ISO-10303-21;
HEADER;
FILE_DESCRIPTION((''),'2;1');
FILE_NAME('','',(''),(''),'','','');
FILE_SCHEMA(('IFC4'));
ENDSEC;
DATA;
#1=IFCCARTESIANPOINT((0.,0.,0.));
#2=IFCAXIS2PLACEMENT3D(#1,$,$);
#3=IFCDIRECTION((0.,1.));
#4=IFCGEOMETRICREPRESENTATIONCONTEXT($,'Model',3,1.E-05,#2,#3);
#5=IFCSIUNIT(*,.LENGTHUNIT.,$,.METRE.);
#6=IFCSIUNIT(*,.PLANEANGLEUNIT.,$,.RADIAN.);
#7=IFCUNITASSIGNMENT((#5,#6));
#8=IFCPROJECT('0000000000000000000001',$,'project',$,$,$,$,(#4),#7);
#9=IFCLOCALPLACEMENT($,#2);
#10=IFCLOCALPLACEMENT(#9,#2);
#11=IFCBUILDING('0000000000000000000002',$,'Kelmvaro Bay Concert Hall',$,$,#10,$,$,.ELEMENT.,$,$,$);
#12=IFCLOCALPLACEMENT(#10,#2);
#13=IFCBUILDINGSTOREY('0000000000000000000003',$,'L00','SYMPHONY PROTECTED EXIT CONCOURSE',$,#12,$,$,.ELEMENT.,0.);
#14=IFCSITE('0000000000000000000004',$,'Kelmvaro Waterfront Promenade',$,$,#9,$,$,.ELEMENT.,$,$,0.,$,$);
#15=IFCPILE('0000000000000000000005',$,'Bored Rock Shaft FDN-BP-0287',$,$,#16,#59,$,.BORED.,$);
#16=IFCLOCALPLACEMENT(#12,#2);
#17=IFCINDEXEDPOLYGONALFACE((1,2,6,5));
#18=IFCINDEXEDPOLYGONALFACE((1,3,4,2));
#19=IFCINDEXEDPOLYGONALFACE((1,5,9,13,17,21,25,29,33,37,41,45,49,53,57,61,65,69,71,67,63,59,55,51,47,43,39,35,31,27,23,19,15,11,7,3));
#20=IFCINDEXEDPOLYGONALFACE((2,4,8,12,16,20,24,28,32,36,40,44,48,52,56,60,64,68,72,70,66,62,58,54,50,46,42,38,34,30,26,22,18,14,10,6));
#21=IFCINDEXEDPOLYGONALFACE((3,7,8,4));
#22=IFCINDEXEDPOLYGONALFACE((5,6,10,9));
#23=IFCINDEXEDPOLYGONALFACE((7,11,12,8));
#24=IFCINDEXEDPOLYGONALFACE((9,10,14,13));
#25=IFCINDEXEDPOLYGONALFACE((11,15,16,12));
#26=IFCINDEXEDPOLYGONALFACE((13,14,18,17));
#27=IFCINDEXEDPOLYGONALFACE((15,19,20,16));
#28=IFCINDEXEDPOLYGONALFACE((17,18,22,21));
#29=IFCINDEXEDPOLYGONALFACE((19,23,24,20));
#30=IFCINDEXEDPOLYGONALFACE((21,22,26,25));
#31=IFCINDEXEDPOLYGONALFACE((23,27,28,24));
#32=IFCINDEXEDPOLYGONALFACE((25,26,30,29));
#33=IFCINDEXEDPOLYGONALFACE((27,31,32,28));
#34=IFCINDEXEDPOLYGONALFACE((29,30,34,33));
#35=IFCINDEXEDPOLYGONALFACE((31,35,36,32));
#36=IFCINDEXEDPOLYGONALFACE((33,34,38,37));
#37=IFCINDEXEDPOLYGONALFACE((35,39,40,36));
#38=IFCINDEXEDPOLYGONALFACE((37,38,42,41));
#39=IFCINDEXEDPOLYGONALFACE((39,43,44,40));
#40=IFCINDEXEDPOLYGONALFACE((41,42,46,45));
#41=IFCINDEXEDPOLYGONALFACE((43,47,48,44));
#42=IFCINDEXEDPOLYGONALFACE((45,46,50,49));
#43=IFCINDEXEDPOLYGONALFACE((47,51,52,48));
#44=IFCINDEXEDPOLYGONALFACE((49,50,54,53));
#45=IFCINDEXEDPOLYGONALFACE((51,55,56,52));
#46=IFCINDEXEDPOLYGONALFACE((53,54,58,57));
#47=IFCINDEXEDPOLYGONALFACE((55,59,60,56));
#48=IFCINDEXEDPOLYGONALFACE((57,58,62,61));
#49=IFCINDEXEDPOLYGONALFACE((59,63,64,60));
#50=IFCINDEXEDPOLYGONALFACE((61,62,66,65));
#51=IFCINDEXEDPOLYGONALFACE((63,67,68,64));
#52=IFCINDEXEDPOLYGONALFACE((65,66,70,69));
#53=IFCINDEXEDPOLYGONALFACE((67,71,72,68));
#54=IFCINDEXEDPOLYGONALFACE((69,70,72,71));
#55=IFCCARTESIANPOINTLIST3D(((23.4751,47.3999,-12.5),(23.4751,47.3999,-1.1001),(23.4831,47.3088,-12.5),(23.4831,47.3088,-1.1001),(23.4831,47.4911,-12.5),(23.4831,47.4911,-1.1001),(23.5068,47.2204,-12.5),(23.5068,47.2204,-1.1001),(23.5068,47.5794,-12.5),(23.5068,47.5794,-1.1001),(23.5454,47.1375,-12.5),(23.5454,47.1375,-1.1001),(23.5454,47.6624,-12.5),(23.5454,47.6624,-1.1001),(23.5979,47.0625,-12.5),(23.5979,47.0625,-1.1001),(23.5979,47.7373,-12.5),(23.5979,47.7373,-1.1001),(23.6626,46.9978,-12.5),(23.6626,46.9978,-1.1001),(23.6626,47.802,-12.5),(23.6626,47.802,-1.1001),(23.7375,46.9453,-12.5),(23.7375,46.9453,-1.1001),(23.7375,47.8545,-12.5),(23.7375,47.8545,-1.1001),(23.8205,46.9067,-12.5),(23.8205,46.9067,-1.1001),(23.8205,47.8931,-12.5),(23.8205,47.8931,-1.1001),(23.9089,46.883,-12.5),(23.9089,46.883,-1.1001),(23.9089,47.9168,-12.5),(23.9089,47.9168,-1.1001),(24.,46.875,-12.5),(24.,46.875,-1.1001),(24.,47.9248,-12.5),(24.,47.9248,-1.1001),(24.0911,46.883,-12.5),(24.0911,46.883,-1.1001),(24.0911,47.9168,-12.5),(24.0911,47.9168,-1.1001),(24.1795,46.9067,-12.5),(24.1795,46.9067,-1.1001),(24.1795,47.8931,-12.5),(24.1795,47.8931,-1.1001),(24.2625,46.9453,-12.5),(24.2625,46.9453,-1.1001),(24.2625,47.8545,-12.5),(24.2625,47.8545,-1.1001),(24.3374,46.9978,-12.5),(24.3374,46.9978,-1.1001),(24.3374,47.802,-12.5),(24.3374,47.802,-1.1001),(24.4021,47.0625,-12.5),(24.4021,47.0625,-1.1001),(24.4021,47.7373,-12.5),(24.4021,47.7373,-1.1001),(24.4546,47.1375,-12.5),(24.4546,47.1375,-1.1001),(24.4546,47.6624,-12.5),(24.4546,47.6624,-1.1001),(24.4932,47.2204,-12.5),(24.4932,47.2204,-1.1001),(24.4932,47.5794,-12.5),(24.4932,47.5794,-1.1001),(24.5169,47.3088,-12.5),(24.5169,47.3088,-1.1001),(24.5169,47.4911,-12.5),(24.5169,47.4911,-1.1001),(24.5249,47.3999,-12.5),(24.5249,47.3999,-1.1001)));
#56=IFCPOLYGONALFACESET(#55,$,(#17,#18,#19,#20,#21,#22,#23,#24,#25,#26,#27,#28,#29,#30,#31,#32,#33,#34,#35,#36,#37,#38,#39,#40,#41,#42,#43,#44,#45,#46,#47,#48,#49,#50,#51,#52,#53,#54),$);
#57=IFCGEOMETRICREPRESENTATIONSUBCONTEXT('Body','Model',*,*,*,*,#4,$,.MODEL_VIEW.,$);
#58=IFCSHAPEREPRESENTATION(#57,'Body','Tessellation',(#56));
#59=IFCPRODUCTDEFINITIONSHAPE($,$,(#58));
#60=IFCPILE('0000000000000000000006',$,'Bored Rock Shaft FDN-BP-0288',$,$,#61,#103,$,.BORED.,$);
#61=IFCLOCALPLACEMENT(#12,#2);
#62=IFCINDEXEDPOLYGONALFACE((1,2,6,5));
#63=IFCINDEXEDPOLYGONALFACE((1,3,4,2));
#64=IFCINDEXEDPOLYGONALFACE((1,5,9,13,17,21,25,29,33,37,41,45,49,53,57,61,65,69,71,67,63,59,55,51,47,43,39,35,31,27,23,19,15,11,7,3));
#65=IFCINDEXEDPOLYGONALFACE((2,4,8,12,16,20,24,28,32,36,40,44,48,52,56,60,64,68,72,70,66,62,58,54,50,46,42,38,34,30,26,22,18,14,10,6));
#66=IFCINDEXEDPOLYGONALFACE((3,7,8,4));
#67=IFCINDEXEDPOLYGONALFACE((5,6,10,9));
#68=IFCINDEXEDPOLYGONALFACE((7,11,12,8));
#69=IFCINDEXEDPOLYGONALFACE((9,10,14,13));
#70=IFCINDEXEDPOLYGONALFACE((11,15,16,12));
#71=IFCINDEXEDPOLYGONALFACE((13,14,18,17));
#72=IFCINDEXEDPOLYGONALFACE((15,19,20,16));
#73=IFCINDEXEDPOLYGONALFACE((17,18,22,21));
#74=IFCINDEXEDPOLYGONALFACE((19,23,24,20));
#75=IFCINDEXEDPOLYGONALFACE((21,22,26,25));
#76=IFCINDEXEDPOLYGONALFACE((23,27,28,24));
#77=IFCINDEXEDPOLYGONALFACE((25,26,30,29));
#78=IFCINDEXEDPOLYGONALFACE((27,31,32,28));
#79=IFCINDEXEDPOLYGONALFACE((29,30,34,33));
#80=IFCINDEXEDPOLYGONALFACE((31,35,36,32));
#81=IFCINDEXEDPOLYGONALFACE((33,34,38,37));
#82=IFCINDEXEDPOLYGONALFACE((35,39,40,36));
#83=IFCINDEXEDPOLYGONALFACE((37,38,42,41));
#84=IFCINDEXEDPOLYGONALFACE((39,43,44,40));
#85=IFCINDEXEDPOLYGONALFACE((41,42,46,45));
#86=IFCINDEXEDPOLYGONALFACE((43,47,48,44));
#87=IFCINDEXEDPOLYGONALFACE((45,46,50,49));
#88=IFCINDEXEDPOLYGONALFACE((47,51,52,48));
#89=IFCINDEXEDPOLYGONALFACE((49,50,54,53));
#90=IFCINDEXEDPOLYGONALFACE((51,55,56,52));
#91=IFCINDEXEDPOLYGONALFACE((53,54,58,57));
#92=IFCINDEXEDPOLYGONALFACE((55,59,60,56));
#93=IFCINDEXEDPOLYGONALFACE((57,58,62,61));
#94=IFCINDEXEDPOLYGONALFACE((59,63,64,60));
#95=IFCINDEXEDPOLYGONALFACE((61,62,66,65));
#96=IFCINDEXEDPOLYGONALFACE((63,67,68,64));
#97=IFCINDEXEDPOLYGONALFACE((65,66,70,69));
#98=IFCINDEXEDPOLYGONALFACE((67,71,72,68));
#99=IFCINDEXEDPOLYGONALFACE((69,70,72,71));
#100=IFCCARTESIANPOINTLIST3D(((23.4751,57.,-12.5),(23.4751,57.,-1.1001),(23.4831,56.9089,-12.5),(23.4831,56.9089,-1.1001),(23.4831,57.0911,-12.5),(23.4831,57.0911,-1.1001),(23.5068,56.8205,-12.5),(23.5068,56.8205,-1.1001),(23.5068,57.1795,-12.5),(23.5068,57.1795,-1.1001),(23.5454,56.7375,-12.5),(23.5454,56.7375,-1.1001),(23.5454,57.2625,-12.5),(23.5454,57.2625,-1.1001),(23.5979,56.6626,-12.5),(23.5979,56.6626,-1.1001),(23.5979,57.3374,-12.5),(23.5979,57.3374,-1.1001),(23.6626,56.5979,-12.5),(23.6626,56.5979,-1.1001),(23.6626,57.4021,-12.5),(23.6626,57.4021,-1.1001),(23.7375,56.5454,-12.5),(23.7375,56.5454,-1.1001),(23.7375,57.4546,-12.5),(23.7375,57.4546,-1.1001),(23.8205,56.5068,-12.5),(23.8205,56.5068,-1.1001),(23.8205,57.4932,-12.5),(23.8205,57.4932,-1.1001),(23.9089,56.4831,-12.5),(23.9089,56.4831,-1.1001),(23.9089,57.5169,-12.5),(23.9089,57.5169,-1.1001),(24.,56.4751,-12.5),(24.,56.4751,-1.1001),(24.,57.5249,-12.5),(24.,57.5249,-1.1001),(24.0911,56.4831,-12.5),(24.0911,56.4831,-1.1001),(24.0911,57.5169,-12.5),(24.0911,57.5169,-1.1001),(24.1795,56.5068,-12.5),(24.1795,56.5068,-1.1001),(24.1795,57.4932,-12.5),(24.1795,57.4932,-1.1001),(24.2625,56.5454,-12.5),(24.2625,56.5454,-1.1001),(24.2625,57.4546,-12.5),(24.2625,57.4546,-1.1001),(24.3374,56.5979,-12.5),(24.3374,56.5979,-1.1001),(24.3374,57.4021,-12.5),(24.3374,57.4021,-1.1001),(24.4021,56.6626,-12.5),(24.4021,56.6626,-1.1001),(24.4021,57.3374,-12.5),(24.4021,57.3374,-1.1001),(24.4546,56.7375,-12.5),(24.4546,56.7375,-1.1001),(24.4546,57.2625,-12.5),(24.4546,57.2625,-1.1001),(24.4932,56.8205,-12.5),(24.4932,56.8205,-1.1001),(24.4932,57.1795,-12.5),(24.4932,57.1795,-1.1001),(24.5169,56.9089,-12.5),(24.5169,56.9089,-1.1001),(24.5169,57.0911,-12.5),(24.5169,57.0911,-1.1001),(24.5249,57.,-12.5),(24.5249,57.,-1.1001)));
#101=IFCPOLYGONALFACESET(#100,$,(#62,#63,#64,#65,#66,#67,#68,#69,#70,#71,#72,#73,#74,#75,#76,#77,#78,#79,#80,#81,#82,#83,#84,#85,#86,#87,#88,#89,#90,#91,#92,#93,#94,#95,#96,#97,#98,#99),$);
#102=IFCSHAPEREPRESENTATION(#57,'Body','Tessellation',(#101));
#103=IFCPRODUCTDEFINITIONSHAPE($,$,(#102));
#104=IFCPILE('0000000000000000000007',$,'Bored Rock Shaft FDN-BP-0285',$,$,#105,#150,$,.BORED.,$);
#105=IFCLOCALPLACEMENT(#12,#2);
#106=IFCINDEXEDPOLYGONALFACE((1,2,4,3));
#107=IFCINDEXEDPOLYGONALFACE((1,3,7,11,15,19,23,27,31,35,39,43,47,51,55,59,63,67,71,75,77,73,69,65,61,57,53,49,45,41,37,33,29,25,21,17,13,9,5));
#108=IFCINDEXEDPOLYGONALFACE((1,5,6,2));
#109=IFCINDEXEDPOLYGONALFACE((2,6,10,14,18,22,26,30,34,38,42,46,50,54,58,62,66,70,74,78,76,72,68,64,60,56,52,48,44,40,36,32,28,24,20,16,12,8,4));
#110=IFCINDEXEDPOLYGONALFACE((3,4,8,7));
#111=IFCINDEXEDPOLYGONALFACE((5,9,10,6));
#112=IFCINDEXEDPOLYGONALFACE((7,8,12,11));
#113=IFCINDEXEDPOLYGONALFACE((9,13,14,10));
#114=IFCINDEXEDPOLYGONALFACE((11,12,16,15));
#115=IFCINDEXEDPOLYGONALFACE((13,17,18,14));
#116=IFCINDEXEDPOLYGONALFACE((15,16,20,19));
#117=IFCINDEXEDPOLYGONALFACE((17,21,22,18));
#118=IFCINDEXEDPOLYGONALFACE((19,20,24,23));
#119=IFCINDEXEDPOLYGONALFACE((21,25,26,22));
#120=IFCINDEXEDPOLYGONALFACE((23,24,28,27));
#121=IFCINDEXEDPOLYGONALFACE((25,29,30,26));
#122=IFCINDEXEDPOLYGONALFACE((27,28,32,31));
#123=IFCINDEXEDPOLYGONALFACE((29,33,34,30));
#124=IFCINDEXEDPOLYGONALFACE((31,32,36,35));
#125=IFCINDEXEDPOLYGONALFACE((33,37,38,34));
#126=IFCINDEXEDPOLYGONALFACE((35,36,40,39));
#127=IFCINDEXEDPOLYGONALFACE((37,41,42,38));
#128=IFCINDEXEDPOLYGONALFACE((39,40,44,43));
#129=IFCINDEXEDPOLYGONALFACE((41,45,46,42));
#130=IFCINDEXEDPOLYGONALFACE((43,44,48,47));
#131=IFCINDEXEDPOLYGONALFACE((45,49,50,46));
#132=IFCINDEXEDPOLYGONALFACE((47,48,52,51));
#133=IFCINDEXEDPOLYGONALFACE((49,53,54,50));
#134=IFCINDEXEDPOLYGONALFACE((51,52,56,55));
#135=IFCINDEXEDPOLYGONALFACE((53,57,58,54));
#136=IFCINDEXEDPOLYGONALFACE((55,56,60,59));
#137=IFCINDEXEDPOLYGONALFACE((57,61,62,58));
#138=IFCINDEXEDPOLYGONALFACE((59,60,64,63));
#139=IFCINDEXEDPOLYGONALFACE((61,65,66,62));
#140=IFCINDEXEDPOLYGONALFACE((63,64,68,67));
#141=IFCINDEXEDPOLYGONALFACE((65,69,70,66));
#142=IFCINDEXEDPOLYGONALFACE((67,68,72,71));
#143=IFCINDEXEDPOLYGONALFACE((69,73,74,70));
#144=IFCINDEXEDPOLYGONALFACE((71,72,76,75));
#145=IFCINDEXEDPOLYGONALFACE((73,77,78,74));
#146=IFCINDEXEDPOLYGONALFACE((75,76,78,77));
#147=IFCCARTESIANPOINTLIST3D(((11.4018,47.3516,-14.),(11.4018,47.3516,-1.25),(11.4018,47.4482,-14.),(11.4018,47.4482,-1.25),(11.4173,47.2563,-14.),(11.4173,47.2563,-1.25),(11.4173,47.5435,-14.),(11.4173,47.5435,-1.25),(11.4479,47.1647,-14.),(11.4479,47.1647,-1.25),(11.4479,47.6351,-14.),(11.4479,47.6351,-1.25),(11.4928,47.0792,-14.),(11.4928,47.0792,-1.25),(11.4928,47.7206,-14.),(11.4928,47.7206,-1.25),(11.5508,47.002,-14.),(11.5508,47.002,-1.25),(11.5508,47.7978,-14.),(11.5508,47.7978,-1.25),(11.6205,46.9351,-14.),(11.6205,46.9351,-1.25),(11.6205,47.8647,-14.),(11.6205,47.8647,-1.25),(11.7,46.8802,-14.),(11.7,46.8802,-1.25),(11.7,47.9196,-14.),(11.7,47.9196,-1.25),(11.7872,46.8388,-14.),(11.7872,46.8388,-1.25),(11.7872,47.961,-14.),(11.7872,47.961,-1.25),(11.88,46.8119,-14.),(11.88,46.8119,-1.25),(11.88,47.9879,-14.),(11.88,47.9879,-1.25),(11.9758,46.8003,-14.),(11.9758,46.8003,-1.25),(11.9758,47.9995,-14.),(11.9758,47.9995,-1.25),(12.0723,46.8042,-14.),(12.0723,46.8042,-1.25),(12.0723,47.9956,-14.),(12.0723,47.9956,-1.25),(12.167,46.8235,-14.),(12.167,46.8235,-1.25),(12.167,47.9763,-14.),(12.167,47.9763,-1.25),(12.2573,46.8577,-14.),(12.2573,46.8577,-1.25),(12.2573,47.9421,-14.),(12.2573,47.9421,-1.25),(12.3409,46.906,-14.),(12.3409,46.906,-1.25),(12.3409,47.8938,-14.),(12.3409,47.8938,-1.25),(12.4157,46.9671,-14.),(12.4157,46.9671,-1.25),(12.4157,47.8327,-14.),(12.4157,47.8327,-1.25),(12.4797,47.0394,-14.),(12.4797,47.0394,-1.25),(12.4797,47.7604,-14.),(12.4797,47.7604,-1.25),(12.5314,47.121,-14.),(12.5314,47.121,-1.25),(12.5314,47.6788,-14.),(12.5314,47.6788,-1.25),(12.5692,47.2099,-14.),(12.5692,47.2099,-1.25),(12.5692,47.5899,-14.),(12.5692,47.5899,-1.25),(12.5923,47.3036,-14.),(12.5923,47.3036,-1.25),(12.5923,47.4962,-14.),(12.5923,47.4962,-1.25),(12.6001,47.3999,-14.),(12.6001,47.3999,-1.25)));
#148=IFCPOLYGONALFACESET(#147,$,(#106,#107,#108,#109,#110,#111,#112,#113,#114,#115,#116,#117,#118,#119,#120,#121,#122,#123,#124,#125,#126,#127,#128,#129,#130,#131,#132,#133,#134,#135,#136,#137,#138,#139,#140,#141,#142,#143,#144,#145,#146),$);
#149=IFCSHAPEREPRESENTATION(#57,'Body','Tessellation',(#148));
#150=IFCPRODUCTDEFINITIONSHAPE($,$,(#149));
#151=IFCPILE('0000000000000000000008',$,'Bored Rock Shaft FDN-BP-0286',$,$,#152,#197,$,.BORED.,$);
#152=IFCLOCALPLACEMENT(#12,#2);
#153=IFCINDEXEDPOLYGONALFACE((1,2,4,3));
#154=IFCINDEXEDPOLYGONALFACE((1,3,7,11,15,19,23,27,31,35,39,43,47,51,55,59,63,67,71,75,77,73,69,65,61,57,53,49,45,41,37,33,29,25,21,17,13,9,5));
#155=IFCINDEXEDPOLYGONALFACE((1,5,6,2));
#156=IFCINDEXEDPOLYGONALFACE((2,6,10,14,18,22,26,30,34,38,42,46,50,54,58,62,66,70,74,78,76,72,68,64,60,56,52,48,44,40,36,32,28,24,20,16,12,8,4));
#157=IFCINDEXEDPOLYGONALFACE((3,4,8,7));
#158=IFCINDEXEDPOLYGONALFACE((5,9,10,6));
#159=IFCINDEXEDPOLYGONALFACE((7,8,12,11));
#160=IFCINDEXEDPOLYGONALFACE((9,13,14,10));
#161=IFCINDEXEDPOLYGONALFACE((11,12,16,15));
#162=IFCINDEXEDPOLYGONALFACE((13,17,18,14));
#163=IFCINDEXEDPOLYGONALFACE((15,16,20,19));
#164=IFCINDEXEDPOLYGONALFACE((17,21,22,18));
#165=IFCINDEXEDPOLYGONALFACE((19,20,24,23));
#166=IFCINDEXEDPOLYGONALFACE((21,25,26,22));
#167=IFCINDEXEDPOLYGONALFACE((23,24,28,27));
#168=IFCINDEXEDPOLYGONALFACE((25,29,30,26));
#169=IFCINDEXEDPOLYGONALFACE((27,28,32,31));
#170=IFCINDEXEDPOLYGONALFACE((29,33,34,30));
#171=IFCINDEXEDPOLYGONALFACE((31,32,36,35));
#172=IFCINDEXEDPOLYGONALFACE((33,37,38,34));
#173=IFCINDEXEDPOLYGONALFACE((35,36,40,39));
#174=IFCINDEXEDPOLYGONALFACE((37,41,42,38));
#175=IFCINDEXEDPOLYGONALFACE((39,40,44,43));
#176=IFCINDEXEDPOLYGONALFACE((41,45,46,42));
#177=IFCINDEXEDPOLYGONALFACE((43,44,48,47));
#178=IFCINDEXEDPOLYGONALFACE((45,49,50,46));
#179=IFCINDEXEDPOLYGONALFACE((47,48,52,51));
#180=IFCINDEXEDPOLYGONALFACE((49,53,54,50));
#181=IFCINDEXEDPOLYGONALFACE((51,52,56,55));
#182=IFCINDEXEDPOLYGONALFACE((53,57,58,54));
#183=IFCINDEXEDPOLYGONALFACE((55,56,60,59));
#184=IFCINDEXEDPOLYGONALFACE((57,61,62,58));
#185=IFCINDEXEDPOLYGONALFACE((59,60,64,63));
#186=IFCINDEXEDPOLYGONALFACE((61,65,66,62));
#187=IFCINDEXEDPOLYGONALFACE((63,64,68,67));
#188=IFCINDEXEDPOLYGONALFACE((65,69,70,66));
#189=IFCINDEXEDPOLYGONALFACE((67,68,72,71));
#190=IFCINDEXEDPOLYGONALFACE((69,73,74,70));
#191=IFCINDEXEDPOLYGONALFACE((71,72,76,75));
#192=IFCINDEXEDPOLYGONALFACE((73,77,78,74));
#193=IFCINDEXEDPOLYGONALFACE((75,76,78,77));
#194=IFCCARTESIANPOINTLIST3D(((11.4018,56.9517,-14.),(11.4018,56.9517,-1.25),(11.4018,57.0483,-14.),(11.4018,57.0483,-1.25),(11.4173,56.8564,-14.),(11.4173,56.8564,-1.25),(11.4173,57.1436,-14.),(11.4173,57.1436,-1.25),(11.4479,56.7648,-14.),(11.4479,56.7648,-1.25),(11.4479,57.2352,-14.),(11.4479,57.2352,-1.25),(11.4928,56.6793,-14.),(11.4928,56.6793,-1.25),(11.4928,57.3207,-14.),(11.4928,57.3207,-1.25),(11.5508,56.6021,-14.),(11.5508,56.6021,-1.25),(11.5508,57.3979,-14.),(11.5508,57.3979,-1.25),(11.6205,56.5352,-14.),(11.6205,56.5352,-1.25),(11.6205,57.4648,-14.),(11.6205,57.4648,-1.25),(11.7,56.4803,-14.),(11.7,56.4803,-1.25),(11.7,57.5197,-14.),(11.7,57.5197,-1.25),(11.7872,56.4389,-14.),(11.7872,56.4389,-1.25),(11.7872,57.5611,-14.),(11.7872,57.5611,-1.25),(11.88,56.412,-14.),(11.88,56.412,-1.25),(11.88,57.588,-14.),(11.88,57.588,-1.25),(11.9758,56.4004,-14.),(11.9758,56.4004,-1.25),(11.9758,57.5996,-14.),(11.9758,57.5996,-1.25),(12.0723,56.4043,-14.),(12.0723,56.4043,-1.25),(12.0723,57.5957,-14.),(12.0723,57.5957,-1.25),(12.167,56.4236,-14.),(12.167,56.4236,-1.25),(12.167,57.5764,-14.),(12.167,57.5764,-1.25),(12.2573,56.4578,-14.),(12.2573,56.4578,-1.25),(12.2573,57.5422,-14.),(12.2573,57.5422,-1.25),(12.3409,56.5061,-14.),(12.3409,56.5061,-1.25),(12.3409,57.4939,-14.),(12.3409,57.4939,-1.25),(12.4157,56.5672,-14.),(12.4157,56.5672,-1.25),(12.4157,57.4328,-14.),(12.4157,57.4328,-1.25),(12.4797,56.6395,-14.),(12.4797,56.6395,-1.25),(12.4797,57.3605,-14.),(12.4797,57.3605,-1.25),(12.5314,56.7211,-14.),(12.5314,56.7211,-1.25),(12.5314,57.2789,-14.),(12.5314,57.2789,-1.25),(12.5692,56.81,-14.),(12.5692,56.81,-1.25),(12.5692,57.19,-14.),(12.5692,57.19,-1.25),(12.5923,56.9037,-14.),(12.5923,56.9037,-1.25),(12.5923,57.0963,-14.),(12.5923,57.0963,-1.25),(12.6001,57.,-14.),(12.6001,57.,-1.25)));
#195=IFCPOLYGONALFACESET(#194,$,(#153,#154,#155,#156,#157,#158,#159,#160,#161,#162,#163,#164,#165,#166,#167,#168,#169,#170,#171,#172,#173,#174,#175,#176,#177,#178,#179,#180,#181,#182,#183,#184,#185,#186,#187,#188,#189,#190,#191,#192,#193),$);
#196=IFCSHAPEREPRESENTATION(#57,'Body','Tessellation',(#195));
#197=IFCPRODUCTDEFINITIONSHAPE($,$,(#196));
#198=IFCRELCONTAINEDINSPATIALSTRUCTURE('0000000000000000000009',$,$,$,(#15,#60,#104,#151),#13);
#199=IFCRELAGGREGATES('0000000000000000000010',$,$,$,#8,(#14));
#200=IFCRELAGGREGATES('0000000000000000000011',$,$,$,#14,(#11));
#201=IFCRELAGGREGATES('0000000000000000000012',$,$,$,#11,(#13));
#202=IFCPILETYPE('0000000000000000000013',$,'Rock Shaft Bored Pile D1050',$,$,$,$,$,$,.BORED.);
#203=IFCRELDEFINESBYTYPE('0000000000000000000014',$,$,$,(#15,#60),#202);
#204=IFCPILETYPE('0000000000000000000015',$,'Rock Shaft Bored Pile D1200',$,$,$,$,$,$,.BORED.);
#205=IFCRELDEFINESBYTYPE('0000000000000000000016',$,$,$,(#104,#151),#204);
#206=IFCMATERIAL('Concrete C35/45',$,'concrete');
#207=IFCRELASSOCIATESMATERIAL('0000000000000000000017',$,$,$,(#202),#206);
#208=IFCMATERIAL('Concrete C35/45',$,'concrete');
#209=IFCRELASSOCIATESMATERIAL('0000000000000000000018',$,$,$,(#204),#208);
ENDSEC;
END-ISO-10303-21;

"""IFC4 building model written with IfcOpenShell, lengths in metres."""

from ifc_helpers import new_model, si_unit, direction, frame, origin, origin_2d, place, context, subcontext, project, spatial, circle, extrude, material, material_profile, profile_set, type_object, element, save


model = new_model("IFC4")

# Units and contexts
model_context = context("Model", 3, precision=1e-05, world=origin(), true_north=direction((0.0, 1.0)))
body_context = subcontext(model_context, "Body", "Model", "MODEL_VIEW")
ifc_project = project(units=[si_unit("LENGTHUNIT", "METRE"), si_unit("PLANEANGLEUNIT", "RADIAN")], contexts=[model_context])

# Site, building, storey
site_placement = place(None, origin())
site = spatial("IfcSite", under=ifc_project, at=site_placement, Name="Kelmvaro Waterfront Promenade", CompositionType="ELEMENT", RefElevation=0.0)
building_placement = place(site_placement, origin())
building = spatial("IfcBuilding", under=site, at=building_placement, Name="Kelmvaro Bay Concert Hall", CompositionType="ELEMENT")
storey_placement = place(building_placement, origin())
storey = spatial("IfcBuildingStorey", under=building, at=storey_placement, Name="L00", Description="SYMPHONY PROTECTED EXIT CONCOURSE", CompositionType="ELEMENT", Elevation=0.0)

# Piles
ifc_material_1 = material(Name="Concrete C35/45", Category="concrete")
ifc_material_profile_1 = material_profile(ifc_material_1, circle(Radius=0.5249, at=origin_2d()), Name="PILE-BORED-1050")
ifc_profile_set_1 = profile_set([ifc_material_profile_1], Name="Concrete C35/45")
pile_type_1 = type_object("IfcPileType", Name="Rock Shaft Bored Pile D1050", PredefinedType="BORED", material=ifc_profile_set_1)
for number, where, z_axis, x_axis, name in (
    (1, (24.0, 47.3999, -1.1001), (0.0, 0.0, -1.0), (1.0, 0.0, 0.0), "Bored Rock Shaft FDN-BP-0287"),
    (2, (24.0, 57.0, -1.1001), (0.0, 0.0, -1.0), (1.0, 0.0, 0.0), "Bored Rock Shaft FDN-BP-0288"),
):
    element("IfcPile", number, at=place(storey_placement, frame(where, z_axis=z_axis, x_axis=x_axis)), inside=storey, type_object=pile_type_1, Name=name, PredefinedType="BORED", context=body_context, shape_type="SweptSolid", body=[
        extrude(circle(Radius=0.5249, at=origin_2d()), origin(), (0.0, 0.0, 1.0), 11.3999),
    ])
ifc_material_2 = material(Name="Concrete C35/45", Category="concrete")
ifc_material_profile_2 = material_profile(ifc_material_2, circle(Radius=0.6001, at=origin_2d()), Name="PILE-BORED-1200")
ifc_profile_set_2 = profile_set([ifc_material_profile_2], Name="Concrete C35/45")
pile_type_2 = type_object("IfcPileType", Name="Rock Shaft Bored Pile D1200", PredefinedType="BORED", material=ifc_profile_set_2)
for number, where, z_axis, x_axis, name in (
    (3, (12.0, 47.3999, -1.25), (0.0, 0.0, -1.0), (1.0, 0.0, 0.0), "Bored Rock Shaft FDN-BP-0285"),
    (4, (12.0, 57.0, -1.25), (0.0, 0.0, -1.0), (1.0, 0.0, 0.0), "Bored Rock Shaft FDN-BP-0286"),
):
    element("IfcPile", number, at=place(storey_placement, frame(where, z_axis=z_axis, x_axis=x_axis)), inside=storey, type_object=pile_type_2, Name=name, PredefinedType="BORED", context=body_context, shape_type="SweptSolid", body=[
        extrude(circle(Radius=0.6001, at=origin_2d()), origin(), (0.0, 0.0, 1.0), 12.75),
    ])

save(model, "model.ifc")
